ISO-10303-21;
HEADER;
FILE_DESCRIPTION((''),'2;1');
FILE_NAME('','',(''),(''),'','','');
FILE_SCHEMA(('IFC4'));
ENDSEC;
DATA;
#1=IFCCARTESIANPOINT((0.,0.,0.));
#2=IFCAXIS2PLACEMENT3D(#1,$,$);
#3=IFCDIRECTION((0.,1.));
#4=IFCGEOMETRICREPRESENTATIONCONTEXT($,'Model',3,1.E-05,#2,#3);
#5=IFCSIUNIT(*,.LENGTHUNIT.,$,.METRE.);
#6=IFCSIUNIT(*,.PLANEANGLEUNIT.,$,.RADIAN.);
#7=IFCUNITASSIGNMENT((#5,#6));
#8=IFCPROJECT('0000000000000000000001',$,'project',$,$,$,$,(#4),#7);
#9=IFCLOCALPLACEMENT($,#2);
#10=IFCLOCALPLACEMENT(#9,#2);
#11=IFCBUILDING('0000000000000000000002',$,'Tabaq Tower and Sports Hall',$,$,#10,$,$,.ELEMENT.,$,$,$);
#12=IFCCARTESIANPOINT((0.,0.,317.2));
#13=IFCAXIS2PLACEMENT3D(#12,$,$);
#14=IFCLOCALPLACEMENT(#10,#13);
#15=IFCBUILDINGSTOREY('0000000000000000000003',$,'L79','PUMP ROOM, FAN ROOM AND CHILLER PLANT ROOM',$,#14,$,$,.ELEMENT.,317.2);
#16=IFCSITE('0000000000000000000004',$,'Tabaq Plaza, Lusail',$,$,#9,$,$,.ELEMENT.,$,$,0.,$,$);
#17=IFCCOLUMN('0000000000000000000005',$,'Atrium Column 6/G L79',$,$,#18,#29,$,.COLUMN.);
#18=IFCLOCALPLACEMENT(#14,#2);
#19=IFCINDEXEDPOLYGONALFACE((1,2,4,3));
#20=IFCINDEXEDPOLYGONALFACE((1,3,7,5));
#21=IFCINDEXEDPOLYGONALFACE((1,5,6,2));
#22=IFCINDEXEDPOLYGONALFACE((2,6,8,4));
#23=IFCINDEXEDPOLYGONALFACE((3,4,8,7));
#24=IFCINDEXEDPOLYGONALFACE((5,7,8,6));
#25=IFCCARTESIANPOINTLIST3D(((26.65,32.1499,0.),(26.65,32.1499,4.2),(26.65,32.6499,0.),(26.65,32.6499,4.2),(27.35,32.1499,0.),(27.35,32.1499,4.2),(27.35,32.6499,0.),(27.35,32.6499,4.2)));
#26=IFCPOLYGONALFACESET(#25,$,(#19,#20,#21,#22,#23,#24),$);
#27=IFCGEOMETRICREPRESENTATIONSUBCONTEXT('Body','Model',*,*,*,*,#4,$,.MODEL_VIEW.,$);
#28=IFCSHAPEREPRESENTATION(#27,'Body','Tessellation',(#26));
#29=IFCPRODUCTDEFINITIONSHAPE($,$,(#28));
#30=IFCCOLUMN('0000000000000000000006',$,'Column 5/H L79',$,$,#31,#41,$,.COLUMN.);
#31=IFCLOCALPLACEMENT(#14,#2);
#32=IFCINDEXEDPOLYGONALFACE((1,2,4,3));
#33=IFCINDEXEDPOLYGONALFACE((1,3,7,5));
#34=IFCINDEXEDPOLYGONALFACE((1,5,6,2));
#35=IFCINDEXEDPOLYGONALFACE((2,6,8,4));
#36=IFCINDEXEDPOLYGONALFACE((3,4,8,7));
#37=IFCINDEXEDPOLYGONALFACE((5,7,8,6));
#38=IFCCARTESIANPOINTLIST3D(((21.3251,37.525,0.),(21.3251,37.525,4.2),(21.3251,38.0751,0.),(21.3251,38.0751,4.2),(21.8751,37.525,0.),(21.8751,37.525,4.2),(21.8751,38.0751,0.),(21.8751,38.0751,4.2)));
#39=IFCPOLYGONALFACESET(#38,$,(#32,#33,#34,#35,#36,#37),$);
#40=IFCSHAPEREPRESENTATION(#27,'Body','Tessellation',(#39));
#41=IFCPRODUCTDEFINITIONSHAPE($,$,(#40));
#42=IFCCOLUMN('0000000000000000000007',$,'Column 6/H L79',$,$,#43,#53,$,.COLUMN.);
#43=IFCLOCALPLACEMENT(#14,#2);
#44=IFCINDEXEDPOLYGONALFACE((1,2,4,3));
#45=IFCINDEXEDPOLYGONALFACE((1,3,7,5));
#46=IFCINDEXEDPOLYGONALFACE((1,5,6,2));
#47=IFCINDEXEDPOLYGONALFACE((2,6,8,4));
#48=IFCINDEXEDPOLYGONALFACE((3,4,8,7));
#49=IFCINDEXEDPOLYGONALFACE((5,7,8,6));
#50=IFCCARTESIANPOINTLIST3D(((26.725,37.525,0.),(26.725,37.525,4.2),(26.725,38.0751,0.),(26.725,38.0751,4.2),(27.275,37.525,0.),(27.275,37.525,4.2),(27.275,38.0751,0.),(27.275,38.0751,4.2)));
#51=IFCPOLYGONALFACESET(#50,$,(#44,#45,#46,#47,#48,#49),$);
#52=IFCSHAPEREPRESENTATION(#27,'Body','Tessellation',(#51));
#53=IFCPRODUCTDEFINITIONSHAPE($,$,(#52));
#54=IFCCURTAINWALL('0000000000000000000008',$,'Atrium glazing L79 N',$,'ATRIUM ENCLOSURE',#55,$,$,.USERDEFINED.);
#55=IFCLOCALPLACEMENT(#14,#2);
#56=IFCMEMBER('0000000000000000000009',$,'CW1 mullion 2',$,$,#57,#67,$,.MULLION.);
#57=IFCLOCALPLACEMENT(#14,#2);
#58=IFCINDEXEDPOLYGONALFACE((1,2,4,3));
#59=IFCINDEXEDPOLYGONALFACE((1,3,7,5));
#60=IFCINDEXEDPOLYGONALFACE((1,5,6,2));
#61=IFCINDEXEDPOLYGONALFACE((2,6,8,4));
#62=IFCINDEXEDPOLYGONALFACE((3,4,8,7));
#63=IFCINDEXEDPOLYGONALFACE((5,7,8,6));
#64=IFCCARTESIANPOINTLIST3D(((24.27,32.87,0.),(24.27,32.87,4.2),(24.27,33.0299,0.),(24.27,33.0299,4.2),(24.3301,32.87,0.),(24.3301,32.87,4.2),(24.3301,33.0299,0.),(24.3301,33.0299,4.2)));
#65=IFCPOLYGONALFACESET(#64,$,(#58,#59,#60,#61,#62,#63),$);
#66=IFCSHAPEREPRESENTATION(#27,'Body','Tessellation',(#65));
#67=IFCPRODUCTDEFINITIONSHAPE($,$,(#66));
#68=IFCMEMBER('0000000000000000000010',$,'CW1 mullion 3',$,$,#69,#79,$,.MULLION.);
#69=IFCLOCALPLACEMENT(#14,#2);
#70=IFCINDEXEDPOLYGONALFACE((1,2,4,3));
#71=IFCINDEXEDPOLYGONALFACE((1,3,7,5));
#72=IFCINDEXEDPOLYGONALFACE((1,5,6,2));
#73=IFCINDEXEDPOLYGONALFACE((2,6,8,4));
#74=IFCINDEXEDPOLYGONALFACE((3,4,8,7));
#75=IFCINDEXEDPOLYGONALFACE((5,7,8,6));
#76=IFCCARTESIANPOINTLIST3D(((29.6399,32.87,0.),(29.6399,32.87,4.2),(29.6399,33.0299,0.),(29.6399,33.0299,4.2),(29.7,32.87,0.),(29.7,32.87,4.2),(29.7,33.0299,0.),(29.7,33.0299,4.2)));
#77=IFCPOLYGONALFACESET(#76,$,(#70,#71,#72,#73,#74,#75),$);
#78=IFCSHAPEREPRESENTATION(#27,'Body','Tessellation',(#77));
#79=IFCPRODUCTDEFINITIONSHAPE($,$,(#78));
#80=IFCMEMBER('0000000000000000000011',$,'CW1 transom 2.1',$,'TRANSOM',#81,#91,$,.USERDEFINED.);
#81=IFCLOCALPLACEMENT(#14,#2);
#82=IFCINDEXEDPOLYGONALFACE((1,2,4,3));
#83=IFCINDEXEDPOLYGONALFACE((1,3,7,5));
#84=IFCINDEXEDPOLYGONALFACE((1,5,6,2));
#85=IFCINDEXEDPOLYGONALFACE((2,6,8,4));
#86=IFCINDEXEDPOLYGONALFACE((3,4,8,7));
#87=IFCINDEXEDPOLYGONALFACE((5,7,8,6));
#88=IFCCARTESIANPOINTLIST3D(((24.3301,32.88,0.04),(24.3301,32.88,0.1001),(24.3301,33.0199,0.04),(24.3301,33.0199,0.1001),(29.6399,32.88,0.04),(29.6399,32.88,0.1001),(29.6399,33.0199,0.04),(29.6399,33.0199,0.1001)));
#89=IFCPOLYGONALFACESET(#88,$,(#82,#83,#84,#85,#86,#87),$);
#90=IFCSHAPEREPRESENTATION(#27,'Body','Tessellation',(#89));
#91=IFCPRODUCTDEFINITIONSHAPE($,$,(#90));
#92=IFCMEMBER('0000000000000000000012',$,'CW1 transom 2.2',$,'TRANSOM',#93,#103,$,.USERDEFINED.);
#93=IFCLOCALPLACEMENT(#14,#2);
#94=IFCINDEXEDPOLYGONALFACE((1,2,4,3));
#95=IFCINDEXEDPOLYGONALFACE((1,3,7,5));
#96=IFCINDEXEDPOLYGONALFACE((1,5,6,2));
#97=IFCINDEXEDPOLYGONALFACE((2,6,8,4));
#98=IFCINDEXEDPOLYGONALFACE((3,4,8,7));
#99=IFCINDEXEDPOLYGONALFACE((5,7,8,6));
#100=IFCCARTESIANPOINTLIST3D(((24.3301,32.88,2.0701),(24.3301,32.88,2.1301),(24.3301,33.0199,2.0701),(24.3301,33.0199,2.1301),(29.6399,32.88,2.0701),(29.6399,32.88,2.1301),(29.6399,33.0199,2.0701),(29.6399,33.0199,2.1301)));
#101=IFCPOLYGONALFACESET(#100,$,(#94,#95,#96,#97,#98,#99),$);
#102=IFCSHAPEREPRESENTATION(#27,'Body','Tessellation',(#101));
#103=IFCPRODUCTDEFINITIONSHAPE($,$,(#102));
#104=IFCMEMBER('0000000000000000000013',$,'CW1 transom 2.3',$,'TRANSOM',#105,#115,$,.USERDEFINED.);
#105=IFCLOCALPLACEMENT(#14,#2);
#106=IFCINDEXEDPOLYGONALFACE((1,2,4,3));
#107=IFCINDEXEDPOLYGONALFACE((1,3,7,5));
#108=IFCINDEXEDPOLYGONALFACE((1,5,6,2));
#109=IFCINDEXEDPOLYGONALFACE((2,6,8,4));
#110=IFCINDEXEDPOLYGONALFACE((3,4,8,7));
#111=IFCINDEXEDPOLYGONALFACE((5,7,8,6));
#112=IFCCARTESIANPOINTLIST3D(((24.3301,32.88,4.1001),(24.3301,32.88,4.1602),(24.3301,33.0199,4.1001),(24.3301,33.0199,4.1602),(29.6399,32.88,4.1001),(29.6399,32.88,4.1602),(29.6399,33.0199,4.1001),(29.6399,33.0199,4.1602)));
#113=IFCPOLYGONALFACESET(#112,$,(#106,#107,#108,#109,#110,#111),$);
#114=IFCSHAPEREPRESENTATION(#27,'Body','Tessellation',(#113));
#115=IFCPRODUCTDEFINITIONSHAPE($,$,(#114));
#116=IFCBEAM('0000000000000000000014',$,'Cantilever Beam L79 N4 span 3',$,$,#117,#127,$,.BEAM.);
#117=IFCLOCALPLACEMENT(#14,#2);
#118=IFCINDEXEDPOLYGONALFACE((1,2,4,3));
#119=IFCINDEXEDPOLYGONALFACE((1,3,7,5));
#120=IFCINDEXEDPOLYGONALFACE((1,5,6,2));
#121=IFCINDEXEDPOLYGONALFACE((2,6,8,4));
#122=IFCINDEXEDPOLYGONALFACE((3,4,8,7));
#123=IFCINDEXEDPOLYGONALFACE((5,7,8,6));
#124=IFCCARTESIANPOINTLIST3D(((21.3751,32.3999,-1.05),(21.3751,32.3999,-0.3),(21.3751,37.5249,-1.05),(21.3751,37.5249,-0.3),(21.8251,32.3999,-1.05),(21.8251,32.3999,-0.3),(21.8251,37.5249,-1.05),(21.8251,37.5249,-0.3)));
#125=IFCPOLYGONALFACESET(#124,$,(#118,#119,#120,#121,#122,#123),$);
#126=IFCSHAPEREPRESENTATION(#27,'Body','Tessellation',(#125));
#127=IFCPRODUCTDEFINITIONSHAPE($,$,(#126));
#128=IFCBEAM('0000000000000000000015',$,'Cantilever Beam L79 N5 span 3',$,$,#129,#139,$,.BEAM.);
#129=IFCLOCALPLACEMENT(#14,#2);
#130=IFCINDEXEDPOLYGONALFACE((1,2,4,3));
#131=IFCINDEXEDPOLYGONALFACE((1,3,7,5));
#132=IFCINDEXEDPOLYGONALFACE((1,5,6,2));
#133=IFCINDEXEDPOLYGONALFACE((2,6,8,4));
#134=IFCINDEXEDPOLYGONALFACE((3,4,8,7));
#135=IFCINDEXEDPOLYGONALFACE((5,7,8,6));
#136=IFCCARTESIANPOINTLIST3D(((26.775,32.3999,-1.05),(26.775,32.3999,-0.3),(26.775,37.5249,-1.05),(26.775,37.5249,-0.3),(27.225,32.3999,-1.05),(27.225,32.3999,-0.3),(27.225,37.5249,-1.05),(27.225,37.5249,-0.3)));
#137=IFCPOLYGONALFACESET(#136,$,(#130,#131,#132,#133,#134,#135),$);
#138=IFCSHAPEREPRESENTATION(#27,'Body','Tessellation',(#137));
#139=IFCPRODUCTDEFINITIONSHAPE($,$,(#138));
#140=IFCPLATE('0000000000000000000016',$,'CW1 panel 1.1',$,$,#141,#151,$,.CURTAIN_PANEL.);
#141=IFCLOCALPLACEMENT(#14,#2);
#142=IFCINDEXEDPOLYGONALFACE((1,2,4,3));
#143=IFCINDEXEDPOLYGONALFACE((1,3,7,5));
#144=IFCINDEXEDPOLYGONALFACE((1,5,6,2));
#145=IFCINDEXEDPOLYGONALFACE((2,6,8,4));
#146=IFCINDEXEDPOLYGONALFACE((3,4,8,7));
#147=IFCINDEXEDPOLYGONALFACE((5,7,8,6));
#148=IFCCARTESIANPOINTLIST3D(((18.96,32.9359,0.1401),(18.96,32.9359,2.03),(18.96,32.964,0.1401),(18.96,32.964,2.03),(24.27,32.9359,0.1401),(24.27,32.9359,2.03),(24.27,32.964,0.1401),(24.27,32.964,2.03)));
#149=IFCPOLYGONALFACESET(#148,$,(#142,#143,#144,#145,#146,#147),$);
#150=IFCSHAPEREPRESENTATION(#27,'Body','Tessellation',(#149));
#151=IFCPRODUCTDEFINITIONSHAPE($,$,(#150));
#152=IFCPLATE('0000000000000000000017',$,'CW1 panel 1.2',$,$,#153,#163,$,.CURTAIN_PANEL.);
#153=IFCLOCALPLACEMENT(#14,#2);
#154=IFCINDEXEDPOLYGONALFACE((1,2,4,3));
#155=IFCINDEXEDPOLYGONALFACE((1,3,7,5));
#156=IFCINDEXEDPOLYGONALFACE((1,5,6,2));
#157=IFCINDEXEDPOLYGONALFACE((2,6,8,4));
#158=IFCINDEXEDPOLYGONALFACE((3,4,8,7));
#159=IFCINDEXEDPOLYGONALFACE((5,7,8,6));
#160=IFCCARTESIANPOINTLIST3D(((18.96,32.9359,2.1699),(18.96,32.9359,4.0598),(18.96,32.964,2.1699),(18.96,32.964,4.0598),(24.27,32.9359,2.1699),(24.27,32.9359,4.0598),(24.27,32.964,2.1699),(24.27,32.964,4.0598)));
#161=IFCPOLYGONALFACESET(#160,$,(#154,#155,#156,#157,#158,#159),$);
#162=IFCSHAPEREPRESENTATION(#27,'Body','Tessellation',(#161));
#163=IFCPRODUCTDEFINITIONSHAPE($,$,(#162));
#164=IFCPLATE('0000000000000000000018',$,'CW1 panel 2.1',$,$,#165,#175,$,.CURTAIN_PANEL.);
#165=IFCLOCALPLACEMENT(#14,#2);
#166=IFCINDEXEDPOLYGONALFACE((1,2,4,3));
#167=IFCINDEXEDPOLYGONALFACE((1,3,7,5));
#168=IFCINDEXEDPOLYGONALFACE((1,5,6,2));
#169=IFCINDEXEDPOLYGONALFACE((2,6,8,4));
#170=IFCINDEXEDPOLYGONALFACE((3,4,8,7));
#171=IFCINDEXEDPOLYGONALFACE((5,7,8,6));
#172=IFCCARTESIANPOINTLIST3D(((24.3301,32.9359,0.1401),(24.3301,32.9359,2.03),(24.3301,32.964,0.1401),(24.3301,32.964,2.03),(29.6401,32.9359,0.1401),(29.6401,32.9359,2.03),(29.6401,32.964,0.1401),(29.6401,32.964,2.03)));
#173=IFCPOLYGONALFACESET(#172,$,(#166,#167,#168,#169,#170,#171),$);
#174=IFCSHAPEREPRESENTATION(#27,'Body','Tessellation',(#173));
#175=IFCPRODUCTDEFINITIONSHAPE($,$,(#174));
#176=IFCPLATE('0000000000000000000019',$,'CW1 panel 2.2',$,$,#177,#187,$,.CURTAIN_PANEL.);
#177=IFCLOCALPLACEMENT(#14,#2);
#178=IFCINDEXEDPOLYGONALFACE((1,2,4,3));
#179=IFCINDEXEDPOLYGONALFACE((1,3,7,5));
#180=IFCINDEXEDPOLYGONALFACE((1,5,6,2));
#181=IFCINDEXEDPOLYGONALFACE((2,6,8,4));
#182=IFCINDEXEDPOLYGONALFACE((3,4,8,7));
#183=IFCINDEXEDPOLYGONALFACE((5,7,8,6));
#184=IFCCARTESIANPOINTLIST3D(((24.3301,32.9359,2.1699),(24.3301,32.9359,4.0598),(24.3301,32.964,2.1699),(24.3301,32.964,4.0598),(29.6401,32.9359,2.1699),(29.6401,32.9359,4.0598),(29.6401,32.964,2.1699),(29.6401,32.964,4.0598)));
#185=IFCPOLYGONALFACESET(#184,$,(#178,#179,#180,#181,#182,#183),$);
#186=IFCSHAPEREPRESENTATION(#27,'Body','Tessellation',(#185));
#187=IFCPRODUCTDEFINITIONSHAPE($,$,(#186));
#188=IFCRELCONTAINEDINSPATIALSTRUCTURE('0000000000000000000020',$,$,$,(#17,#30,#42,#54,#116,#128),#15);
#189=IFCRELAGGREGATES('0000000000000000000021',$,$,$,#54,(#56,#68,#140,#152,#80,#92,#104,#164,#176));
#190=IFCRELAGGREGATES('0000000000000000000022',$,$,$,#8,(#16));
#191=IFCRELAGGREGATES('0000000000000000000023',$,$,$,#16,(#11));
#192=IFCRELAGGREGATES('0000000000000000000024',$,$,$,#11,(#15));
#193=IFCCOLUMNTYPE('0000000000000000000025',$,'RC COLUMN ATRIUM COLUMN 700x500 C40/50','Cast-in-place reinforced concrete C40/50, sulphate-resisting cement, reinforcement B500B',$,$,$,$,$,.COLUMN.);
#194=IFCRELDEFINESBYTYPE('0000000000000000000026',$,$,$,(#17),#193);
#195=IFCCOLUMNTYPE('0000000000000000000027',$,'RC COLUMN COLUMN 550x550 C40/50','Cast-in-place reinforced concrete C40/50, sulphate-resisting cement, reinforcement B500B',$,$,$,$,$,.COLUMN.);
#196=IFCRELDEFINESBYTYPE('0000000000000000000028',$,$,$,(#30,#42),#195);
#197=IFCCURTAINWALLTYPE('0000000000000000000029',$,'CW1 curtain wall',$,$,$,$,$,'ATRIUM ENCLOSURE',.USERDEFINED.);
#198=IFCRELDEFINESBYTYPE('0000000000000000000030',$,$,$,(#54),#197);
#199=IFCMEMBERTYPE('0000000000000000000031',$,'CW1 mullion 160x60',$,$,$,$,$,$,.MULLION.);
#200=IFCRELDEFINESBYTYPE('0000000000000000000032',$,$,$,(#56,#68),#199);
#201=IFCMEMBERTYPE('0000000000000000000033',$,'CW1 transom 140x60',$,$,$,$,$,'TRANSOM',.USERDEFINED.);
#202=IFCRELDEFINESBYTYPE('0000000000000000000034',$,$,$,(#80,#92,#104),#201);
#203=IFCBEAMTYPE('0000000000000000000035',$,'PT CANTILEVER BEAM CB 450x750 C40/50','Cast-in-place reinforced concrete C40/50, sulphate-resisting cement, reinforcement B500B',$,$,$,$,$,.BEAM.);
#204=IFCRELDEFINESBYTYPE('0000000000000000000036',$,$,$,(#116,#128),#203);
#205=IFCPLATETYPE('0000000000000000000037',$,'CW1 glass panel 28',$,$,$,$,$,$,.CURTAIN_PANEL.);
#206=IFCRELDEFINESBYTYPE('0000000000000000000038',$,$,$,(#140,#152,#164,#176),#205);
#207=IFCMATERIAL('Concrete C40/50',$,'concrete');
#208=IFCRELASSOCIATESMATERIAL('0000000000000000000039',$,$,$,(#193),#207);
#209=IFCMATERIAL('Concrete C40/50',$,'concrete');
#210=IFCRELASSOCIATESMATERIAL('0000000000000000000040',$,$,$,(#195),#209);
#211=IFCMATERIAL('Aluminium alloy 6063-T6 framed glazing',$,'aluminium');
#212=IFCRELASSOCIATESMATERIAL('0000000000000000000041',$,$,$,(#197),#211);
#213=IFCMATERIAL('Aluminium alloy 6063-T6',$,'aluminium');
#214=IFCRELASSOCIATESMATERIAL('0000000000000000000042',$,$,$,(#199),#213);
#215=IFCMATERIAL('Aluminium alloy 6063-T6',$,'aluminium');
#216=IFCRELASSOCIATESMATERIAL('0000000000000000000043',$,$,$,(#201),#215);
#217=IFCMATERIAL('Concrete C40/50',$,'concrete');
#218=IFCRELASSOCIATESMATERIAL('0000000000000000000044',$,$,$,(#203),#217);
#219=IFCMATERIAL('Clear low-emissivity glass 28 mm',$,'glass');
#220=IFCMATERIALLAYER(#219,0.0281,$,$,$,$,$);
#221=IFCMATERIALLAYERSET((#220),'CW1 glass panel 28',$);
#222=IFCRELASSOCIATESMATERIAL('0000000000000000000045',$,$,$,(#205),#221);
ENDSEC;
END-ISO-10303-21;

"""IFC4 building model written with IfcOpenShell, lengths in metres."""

from ifc_helpers import new_model, si_unit, direction, frame, origin, origin_2d, place, context, subcontext, project, spatial, rectangle, extrude, material, layer, layer_set, material_profile, profile_set, type_object, element, aggregate, save


model = new_model("IFC4")

# Units and contexts
model_context = context("Model", 3, precision=1e-05, world=origin(), true_north=direction((0.0, 1.0)))
body_context = subcontext(model_context, "Body", "Model", "MODEL_VIEW")
ifc_project = project(units=[si_unit("LENGTHUNIT", "METRE"), si_unit("PLANEANGLEUNIT", "RADIAN")], contexts=[model_context])

# Site, building, storey
site_placement = place(None, origin())
site = spatial("IfcSite", under=ifc_project, at=site_placement, Name="Tabaq Plaza, Lusail", CompositionType="ELEMENT", RefElevation=0.0)
building_placement = place(site_placement, origin())
building = spatial("IfcBuilding", under=site, at=building_placement, Name="Tabaq Tower and Sports Hall", CompositionType="ELEMENT")
storey_placement = place(building_placement, frame((0.0, 0.0, 317.2)))
storey = spatial("IfcBuildingStorey", under=building, at=storey_placement, Name="L79", Description="PUMP ROOM, FAN ROOM AND CHILLER PLANT ROOM", CompositionType="ELEMENT", Elevation=317.2)

# Columns
ifc_material_1 = material(Name="Concrete C40/50", Category="concrete")
ifc_material_profile_1 = material_profile(ifc_material_1, rectangle(XDim=0.7, YDim=0.5, at=origin_2d()), Name="ATRIUM COLUMN 700x500")
ifc_profile_set_1 = profile_set([ifc_material_profile_1], Name="Concrete C40/50")
column_type_1 = type_object("IfcColumnType", Name="RC COLUMN ATRIUM COLUMN 700x500 C40/50", Description="Cast-in-place reinforced concrete C40/50, sulphate-resisting cement, reinforcement B500B", PredefinedType="COLUMN", material=ifc_profile_set_1)
column_placement = place(storey_placement, frame((27.0, 32.3999, 0.0), z_axis=(0.0, 0.0, 1.0), x_axis=(1.0, 0.0, 0.0)))
element("IfcColumn", 1, at=column_placement, inside=storey, type_object=column_type_1, Name="Atrium Column 6/G L79", PredefinedType="COLUMN", context=body_context, shape_type="SweptSolid", body=[
    extrude(rectangle(XDim=0.7, YDim=0.5, at=origin_2d()), origin(), (0.0, 0.0, 1.0), 4.2),
])
ifc_material_2 = material(Name="Concrete C40/50", Category="concrete")
ifc_material_profile_2 = material_profile(ifc_material_2, rectangle(XDim=0.55, YDim=0.55, at=origin_2d()), Name="COLUMN 550x550")
ifc_profile_set_2 = profile_set([ifc_material_profile_2], Name="Concrete C40/50")
column_type_2 = type_object("IfcColumnType", Name="RC COLUMN COLUMN 550x550 C40/50", Description="Cast-in-place reinforced concrete C40/50, sulphate-resisting cement, reinforcement B500B", PredefinedType="COLUMN", material=ifc_profile_set_2)
for number, where, z_axis, x_axis, name in (
    (2, (21.6001, 37.8, 0.0), (0.0, 0.0, 1.0), (1.0, 0.0, 0.0), "Column 5/H L79"),
    (3, (27.0, 37.8, 0.0), (0.0, 0.0, 1.0), (1.0, 0.0, 0.0), "Column 6/H L79"),
):
    element("IfcColumn", number, at=place(storey_placement, frame(where, z_axis=z_axis, x_axis=x_axis)), inside=storey, type_object=column_type_2, Name=name, PredefinedType="COLUMN", context=body_context, shape_type="SweptSolid", body=[
        extrude(rectangle(XDim=0.55, YDim=0.55, at=origin_2d()), origin(), (0.0, 0.0, 1.0), 4.2),
    ])

# Curtain wall, members
ifc_material_3 = material(Name="Aluminium alloy 6063-T6 framed glazing", Category="aluminium")
curtain_wall_type = type_object("IfcCurtainWallType", Name="CW1 curtain wall", ElementType="ATRIUM ENCLOSURE", PredefinedType="USERDEFINED", material=ifc_material_3)
curtain_wall_placement = place(storey_placement, origin())
curtain_wall = element("IfcCurtainWall", 4, at=curtain_wall_placement, inside=storey, type_object=curtain_wall_type, Name="Atrium glazing L79 N", ObjectType="ATRIUM ENCLOSURE", PredefinedType="USERDEFINED")
ifc_material_4 = material(Name="Aluminium alloy 6063-T6", Category="aluminium")
ifc_material_profile_3 = material_profile(ifc_material_4, rectangle(XDim=0.1599, YDim=0.0601, at=origin_2d()), Name="MULLION 160x60")
ifc_profile_set_3 = profile_set([ifc_material_profile_3], Name="Aluminium alloy 6063-T6")
member_type_1 = type_object("IfcMemberType", Name="CW1 mullion 160x60", PredefinedType="MULLION", material=ifc_profile_set_3)
member_1_placement = place(storey_placement, frame((24.3, 32.95, 0.0), z_axis=(0.0, 0.0, 1.0), x_axis=(0.0, 1.0, 0.0)))
member_1 = element("IfcMember", 5, at=member_1_placement, type_object=member_type_1, Name="CW1 mullion 2", PredefinedType="MULLION", context=body_context, shape_type="SweptSolid", body=[
    extrude(rectangle(XDim=0.1599, YDim=0.0601, at=origin_2d()), origin(), (0.0, 0.0, 1.0), 4.2),
])
member_2_placement = place(storey_placement, frame((29.6699, 32.95, 0.0), z_axis=(0.0, 0.0, 1.0), x_axis=(0.0, 1.0, 0.0)))
member_2 = element("IfcMember", 6, at=member_2_placement, type_object=member_type_1, Name="CW1 mullion 3", PredefinedType="MULLION", context=body_context, shape_type="SweptSolid", body=[
    extrude(rectangle(XDim=0.1599, YDim=0.0601, at=origin_2d()), origin(), (0.0, 0.0, 1.0), 4.2),
])
ifc_material_5 = material(Name="Aluminium alloy 6063-T6", Category="aluminium")
ifc_material_profile_4 = material_profile(ifc_material_5, rectangle(XDim=0.1399, YDim=0.0601, at=origin_2d()), Name="TRANSOM 140x60")
ifc_profile_set_4 = profile_set([ifc_material_profile_4], Name="Aluminium alloy 6063-T6")
member_type_2 = type_object("IfcMemberType", Name="CW1 transom 140x60", ElementType="TRANSOM", PredefinedType="USERDEFINED", material=ifc_profile_set_4)
member_3_placement = place(storey_placement, frame((24.3301, 32.95, 0.0701), z_axis=(1.0, 0.0, 0.0), x_axis=(0.0, 1.0, 0.0)))
member_3 = element("IfcMember", 7, at=member_3_placement, type_object=member_type_2, Name="CW1 transom 2.1", ObjectType="TRANSOM", PredefinedType="USERDEFINED", context=body_context, shape_type="SweptSolid", body=[
    extrude(rectangle(XDim=0.1399, YDim=0.0601, at=origin_2d()), origin(), (0.0, 0.0, 1.0), 5.3098),
])
member_4_placement = place(storey_placement, frame((24.3301, 32.95, 2.1001), z_axis=(1.0, 0.0, 0.0), x_axis=(0.0, 1.0, 0.0)))
member_4 = element("IfcMember", 8, at=member_4_placement, type_object=member_type_2, Name="CW1 transom 2.2", ObjectType="TRANSOM", PredefinedType="USERDEFINED", context=body_context, shape_type="SweptSolid", body=[
    extrude(rectangle(XDim=0.1399, YDim=0.0601, at=origin_2d()), origin(), (0.0, 0.0, 1.0), 5.3098),
])
member_5_placement = place(storey_placement, frame((24.3301, 32.95, 4.1301), z_axis=(1.0, 0.0, 0.0), x_axis=(0.0, 1.0, 0.0)))
member_5 = element("IfcMember", 9, at=member_5_placement, type_object=member_type_2, Name="CW1 transom 2.3", ObjectType="TRANSOM", PredefinedType="USERDEFINED", context=body_context, shape_type="SweptSolid", body=[
    extrude(rectangle(XDim=0.1399, YDim=0.0601, at=origin_2d()), origin(), (0.0, 0.0, 1.0), 5.3098),
])

# Beams
ifc_material_6 = material(Name="Concrete C40/50", Category="concrete")
ifc_material_profile_5 = material_profile(ifc_material_6, rectangle(XDim=0.45, YDim=0.75, at=origin_2d()), Name="CB 450x750")
ifc_profile_set_5 = profile_set([ifc_material_profile_5], Name="Concrete C40/50")
beam_type = type_object("IfcBeamType", Name="PT CANTILEVER BEAM CB 450x750 C40/50", Description="Cast-in-place reinforced concrete C40/50, sulphate-resisting cement, reinforcement B500B", PredefinedType="BEAM", material=ifc_profile_set_5)
for number, where, z_axis, x_axis, name in (
    (10, (21.6001, 37.5249, -0.675), (0.0, -1.0, 0.0), (1.0, 0.0, 0.0), "Cantilever Beam L79 N4 span 3"),
    (11, (27.0, 37.5249, -0.675), (0.0, -1.0, 0.0), (1.0, 0.0, 0.0), "Cantilever Beam L79 N5 span 3"),
):
    element("IfcBeam", number, at=place(storey_placement, frame(where, z_axis=z_axis, x_axis=x_axis)), inside=storey, type_object=beam_type, Name=name, PredefinedType="BEAM", context=body_context, shape_type="SweptSolid", body=[
        extrude(rectangle(XDim=0.45, YDim=0.75, at=origin_2d()), origin(), (0.0, 0.0, 1.0), 5.125),
    ])

# Plates
ifc_material_7 = material(Name="Clear low-emissivity glass 28 mm", Category="glass")
ifc_layer_1 = layer(ifc_material_7, 0.0281)
ifc_layer_set_1 = layer_set([ifc_layer_1], Name="CW1 glass panel 28")
plate_type = type_object("IfcPlateType", Name="CW1 glass panel 28", PredefinedType="CURTAIN_PANEL", material=ifc_layer_set_1)
plate_1_placement = place(storey_placement, frame((21.615, 32.95, 0.1401), z_axis=(0.0, 0.0, 1.0), x_axis=(1.0, 0.0, 0.0)))
plate_1 = element("IfcPlate", 12, at=plate_1_placement, type_object=plate_type, Name="CW1 panel 1.1", PredefinedType="CURTAIN_PANEL", context=body_context, shape_type="SweptSolid", body=[
    extrude(rectangle(XDim=5.3101, YDim=0.0281, at=origin_2d()), origin(), (0.0, 0.0, 1.0), 1.8899),
])
plate_2_placement = place(storey_placement, frame((21.615, 32.95, 2.1699), z_axis=(0.0, 0.0, 1.0), x_axis=(1.0, 0.0, 0.0)))
plate_2 = element("IfcPlate", 13, at=plate_2_placement, type_object=plate_type, Name="CW1 panel 1.2", PredefinedType="CURTAIN_PANEL", context=body_context, shape_type="SweptSolid", body=[
    extrude(rectangle(XDim=5.3101, YDim=0.0281, at=origin_2d()), origin(), (0.0, 0.0, 1.0), 1.8899),
])
plate_3_placement = place(storey_placement, frame((26.9851, 32.95, 0.1401), z_axis=(0.0, 0.0, 1.0), x_axis=(1.0, 0.0, 0.0)))
plate_3 = element("IfcPlate", 14, at=plate_3_placement, type_object=plate_type, Name="CW1 panel 2.1", PredefinedType="CURTAIN_PANEL", context=body_context, shape_type="SweptSolid", body=[
    extrude(rectangle(XDim=5.3101, YDim=0.0281, at=origin_2d()), origin(), (0.0, 0.0, 1.0), 1.8899),
])
plate_4_placement = place(storey_placement, frame((26.9851, 32.95, 2.1699), z_axis=(0.0, 0.0, 1.0), x_axis=(1.0, 0.0, 0.0)))
plate_4 = element("IfcPlate", 15, at=plate_4_placement, type_object=plate_type, Name="CW1 panel 2.2", PredefinedType="CURTAIN_PANEL", context=body_context, shape_type="SweptSolid", body=[
    extrude(rectangle(XDim=5.3101, YDim=0.0281, at=origin_2d()), origin(), (0.0, 0.0, 1.0), 1.8899),
])
aggregate(curtain_wall, [member_1, member_2, plate_1, plate_2, member_3, member_4, member_5, plate_3, plate_4])

save(model, "model.ifc")
